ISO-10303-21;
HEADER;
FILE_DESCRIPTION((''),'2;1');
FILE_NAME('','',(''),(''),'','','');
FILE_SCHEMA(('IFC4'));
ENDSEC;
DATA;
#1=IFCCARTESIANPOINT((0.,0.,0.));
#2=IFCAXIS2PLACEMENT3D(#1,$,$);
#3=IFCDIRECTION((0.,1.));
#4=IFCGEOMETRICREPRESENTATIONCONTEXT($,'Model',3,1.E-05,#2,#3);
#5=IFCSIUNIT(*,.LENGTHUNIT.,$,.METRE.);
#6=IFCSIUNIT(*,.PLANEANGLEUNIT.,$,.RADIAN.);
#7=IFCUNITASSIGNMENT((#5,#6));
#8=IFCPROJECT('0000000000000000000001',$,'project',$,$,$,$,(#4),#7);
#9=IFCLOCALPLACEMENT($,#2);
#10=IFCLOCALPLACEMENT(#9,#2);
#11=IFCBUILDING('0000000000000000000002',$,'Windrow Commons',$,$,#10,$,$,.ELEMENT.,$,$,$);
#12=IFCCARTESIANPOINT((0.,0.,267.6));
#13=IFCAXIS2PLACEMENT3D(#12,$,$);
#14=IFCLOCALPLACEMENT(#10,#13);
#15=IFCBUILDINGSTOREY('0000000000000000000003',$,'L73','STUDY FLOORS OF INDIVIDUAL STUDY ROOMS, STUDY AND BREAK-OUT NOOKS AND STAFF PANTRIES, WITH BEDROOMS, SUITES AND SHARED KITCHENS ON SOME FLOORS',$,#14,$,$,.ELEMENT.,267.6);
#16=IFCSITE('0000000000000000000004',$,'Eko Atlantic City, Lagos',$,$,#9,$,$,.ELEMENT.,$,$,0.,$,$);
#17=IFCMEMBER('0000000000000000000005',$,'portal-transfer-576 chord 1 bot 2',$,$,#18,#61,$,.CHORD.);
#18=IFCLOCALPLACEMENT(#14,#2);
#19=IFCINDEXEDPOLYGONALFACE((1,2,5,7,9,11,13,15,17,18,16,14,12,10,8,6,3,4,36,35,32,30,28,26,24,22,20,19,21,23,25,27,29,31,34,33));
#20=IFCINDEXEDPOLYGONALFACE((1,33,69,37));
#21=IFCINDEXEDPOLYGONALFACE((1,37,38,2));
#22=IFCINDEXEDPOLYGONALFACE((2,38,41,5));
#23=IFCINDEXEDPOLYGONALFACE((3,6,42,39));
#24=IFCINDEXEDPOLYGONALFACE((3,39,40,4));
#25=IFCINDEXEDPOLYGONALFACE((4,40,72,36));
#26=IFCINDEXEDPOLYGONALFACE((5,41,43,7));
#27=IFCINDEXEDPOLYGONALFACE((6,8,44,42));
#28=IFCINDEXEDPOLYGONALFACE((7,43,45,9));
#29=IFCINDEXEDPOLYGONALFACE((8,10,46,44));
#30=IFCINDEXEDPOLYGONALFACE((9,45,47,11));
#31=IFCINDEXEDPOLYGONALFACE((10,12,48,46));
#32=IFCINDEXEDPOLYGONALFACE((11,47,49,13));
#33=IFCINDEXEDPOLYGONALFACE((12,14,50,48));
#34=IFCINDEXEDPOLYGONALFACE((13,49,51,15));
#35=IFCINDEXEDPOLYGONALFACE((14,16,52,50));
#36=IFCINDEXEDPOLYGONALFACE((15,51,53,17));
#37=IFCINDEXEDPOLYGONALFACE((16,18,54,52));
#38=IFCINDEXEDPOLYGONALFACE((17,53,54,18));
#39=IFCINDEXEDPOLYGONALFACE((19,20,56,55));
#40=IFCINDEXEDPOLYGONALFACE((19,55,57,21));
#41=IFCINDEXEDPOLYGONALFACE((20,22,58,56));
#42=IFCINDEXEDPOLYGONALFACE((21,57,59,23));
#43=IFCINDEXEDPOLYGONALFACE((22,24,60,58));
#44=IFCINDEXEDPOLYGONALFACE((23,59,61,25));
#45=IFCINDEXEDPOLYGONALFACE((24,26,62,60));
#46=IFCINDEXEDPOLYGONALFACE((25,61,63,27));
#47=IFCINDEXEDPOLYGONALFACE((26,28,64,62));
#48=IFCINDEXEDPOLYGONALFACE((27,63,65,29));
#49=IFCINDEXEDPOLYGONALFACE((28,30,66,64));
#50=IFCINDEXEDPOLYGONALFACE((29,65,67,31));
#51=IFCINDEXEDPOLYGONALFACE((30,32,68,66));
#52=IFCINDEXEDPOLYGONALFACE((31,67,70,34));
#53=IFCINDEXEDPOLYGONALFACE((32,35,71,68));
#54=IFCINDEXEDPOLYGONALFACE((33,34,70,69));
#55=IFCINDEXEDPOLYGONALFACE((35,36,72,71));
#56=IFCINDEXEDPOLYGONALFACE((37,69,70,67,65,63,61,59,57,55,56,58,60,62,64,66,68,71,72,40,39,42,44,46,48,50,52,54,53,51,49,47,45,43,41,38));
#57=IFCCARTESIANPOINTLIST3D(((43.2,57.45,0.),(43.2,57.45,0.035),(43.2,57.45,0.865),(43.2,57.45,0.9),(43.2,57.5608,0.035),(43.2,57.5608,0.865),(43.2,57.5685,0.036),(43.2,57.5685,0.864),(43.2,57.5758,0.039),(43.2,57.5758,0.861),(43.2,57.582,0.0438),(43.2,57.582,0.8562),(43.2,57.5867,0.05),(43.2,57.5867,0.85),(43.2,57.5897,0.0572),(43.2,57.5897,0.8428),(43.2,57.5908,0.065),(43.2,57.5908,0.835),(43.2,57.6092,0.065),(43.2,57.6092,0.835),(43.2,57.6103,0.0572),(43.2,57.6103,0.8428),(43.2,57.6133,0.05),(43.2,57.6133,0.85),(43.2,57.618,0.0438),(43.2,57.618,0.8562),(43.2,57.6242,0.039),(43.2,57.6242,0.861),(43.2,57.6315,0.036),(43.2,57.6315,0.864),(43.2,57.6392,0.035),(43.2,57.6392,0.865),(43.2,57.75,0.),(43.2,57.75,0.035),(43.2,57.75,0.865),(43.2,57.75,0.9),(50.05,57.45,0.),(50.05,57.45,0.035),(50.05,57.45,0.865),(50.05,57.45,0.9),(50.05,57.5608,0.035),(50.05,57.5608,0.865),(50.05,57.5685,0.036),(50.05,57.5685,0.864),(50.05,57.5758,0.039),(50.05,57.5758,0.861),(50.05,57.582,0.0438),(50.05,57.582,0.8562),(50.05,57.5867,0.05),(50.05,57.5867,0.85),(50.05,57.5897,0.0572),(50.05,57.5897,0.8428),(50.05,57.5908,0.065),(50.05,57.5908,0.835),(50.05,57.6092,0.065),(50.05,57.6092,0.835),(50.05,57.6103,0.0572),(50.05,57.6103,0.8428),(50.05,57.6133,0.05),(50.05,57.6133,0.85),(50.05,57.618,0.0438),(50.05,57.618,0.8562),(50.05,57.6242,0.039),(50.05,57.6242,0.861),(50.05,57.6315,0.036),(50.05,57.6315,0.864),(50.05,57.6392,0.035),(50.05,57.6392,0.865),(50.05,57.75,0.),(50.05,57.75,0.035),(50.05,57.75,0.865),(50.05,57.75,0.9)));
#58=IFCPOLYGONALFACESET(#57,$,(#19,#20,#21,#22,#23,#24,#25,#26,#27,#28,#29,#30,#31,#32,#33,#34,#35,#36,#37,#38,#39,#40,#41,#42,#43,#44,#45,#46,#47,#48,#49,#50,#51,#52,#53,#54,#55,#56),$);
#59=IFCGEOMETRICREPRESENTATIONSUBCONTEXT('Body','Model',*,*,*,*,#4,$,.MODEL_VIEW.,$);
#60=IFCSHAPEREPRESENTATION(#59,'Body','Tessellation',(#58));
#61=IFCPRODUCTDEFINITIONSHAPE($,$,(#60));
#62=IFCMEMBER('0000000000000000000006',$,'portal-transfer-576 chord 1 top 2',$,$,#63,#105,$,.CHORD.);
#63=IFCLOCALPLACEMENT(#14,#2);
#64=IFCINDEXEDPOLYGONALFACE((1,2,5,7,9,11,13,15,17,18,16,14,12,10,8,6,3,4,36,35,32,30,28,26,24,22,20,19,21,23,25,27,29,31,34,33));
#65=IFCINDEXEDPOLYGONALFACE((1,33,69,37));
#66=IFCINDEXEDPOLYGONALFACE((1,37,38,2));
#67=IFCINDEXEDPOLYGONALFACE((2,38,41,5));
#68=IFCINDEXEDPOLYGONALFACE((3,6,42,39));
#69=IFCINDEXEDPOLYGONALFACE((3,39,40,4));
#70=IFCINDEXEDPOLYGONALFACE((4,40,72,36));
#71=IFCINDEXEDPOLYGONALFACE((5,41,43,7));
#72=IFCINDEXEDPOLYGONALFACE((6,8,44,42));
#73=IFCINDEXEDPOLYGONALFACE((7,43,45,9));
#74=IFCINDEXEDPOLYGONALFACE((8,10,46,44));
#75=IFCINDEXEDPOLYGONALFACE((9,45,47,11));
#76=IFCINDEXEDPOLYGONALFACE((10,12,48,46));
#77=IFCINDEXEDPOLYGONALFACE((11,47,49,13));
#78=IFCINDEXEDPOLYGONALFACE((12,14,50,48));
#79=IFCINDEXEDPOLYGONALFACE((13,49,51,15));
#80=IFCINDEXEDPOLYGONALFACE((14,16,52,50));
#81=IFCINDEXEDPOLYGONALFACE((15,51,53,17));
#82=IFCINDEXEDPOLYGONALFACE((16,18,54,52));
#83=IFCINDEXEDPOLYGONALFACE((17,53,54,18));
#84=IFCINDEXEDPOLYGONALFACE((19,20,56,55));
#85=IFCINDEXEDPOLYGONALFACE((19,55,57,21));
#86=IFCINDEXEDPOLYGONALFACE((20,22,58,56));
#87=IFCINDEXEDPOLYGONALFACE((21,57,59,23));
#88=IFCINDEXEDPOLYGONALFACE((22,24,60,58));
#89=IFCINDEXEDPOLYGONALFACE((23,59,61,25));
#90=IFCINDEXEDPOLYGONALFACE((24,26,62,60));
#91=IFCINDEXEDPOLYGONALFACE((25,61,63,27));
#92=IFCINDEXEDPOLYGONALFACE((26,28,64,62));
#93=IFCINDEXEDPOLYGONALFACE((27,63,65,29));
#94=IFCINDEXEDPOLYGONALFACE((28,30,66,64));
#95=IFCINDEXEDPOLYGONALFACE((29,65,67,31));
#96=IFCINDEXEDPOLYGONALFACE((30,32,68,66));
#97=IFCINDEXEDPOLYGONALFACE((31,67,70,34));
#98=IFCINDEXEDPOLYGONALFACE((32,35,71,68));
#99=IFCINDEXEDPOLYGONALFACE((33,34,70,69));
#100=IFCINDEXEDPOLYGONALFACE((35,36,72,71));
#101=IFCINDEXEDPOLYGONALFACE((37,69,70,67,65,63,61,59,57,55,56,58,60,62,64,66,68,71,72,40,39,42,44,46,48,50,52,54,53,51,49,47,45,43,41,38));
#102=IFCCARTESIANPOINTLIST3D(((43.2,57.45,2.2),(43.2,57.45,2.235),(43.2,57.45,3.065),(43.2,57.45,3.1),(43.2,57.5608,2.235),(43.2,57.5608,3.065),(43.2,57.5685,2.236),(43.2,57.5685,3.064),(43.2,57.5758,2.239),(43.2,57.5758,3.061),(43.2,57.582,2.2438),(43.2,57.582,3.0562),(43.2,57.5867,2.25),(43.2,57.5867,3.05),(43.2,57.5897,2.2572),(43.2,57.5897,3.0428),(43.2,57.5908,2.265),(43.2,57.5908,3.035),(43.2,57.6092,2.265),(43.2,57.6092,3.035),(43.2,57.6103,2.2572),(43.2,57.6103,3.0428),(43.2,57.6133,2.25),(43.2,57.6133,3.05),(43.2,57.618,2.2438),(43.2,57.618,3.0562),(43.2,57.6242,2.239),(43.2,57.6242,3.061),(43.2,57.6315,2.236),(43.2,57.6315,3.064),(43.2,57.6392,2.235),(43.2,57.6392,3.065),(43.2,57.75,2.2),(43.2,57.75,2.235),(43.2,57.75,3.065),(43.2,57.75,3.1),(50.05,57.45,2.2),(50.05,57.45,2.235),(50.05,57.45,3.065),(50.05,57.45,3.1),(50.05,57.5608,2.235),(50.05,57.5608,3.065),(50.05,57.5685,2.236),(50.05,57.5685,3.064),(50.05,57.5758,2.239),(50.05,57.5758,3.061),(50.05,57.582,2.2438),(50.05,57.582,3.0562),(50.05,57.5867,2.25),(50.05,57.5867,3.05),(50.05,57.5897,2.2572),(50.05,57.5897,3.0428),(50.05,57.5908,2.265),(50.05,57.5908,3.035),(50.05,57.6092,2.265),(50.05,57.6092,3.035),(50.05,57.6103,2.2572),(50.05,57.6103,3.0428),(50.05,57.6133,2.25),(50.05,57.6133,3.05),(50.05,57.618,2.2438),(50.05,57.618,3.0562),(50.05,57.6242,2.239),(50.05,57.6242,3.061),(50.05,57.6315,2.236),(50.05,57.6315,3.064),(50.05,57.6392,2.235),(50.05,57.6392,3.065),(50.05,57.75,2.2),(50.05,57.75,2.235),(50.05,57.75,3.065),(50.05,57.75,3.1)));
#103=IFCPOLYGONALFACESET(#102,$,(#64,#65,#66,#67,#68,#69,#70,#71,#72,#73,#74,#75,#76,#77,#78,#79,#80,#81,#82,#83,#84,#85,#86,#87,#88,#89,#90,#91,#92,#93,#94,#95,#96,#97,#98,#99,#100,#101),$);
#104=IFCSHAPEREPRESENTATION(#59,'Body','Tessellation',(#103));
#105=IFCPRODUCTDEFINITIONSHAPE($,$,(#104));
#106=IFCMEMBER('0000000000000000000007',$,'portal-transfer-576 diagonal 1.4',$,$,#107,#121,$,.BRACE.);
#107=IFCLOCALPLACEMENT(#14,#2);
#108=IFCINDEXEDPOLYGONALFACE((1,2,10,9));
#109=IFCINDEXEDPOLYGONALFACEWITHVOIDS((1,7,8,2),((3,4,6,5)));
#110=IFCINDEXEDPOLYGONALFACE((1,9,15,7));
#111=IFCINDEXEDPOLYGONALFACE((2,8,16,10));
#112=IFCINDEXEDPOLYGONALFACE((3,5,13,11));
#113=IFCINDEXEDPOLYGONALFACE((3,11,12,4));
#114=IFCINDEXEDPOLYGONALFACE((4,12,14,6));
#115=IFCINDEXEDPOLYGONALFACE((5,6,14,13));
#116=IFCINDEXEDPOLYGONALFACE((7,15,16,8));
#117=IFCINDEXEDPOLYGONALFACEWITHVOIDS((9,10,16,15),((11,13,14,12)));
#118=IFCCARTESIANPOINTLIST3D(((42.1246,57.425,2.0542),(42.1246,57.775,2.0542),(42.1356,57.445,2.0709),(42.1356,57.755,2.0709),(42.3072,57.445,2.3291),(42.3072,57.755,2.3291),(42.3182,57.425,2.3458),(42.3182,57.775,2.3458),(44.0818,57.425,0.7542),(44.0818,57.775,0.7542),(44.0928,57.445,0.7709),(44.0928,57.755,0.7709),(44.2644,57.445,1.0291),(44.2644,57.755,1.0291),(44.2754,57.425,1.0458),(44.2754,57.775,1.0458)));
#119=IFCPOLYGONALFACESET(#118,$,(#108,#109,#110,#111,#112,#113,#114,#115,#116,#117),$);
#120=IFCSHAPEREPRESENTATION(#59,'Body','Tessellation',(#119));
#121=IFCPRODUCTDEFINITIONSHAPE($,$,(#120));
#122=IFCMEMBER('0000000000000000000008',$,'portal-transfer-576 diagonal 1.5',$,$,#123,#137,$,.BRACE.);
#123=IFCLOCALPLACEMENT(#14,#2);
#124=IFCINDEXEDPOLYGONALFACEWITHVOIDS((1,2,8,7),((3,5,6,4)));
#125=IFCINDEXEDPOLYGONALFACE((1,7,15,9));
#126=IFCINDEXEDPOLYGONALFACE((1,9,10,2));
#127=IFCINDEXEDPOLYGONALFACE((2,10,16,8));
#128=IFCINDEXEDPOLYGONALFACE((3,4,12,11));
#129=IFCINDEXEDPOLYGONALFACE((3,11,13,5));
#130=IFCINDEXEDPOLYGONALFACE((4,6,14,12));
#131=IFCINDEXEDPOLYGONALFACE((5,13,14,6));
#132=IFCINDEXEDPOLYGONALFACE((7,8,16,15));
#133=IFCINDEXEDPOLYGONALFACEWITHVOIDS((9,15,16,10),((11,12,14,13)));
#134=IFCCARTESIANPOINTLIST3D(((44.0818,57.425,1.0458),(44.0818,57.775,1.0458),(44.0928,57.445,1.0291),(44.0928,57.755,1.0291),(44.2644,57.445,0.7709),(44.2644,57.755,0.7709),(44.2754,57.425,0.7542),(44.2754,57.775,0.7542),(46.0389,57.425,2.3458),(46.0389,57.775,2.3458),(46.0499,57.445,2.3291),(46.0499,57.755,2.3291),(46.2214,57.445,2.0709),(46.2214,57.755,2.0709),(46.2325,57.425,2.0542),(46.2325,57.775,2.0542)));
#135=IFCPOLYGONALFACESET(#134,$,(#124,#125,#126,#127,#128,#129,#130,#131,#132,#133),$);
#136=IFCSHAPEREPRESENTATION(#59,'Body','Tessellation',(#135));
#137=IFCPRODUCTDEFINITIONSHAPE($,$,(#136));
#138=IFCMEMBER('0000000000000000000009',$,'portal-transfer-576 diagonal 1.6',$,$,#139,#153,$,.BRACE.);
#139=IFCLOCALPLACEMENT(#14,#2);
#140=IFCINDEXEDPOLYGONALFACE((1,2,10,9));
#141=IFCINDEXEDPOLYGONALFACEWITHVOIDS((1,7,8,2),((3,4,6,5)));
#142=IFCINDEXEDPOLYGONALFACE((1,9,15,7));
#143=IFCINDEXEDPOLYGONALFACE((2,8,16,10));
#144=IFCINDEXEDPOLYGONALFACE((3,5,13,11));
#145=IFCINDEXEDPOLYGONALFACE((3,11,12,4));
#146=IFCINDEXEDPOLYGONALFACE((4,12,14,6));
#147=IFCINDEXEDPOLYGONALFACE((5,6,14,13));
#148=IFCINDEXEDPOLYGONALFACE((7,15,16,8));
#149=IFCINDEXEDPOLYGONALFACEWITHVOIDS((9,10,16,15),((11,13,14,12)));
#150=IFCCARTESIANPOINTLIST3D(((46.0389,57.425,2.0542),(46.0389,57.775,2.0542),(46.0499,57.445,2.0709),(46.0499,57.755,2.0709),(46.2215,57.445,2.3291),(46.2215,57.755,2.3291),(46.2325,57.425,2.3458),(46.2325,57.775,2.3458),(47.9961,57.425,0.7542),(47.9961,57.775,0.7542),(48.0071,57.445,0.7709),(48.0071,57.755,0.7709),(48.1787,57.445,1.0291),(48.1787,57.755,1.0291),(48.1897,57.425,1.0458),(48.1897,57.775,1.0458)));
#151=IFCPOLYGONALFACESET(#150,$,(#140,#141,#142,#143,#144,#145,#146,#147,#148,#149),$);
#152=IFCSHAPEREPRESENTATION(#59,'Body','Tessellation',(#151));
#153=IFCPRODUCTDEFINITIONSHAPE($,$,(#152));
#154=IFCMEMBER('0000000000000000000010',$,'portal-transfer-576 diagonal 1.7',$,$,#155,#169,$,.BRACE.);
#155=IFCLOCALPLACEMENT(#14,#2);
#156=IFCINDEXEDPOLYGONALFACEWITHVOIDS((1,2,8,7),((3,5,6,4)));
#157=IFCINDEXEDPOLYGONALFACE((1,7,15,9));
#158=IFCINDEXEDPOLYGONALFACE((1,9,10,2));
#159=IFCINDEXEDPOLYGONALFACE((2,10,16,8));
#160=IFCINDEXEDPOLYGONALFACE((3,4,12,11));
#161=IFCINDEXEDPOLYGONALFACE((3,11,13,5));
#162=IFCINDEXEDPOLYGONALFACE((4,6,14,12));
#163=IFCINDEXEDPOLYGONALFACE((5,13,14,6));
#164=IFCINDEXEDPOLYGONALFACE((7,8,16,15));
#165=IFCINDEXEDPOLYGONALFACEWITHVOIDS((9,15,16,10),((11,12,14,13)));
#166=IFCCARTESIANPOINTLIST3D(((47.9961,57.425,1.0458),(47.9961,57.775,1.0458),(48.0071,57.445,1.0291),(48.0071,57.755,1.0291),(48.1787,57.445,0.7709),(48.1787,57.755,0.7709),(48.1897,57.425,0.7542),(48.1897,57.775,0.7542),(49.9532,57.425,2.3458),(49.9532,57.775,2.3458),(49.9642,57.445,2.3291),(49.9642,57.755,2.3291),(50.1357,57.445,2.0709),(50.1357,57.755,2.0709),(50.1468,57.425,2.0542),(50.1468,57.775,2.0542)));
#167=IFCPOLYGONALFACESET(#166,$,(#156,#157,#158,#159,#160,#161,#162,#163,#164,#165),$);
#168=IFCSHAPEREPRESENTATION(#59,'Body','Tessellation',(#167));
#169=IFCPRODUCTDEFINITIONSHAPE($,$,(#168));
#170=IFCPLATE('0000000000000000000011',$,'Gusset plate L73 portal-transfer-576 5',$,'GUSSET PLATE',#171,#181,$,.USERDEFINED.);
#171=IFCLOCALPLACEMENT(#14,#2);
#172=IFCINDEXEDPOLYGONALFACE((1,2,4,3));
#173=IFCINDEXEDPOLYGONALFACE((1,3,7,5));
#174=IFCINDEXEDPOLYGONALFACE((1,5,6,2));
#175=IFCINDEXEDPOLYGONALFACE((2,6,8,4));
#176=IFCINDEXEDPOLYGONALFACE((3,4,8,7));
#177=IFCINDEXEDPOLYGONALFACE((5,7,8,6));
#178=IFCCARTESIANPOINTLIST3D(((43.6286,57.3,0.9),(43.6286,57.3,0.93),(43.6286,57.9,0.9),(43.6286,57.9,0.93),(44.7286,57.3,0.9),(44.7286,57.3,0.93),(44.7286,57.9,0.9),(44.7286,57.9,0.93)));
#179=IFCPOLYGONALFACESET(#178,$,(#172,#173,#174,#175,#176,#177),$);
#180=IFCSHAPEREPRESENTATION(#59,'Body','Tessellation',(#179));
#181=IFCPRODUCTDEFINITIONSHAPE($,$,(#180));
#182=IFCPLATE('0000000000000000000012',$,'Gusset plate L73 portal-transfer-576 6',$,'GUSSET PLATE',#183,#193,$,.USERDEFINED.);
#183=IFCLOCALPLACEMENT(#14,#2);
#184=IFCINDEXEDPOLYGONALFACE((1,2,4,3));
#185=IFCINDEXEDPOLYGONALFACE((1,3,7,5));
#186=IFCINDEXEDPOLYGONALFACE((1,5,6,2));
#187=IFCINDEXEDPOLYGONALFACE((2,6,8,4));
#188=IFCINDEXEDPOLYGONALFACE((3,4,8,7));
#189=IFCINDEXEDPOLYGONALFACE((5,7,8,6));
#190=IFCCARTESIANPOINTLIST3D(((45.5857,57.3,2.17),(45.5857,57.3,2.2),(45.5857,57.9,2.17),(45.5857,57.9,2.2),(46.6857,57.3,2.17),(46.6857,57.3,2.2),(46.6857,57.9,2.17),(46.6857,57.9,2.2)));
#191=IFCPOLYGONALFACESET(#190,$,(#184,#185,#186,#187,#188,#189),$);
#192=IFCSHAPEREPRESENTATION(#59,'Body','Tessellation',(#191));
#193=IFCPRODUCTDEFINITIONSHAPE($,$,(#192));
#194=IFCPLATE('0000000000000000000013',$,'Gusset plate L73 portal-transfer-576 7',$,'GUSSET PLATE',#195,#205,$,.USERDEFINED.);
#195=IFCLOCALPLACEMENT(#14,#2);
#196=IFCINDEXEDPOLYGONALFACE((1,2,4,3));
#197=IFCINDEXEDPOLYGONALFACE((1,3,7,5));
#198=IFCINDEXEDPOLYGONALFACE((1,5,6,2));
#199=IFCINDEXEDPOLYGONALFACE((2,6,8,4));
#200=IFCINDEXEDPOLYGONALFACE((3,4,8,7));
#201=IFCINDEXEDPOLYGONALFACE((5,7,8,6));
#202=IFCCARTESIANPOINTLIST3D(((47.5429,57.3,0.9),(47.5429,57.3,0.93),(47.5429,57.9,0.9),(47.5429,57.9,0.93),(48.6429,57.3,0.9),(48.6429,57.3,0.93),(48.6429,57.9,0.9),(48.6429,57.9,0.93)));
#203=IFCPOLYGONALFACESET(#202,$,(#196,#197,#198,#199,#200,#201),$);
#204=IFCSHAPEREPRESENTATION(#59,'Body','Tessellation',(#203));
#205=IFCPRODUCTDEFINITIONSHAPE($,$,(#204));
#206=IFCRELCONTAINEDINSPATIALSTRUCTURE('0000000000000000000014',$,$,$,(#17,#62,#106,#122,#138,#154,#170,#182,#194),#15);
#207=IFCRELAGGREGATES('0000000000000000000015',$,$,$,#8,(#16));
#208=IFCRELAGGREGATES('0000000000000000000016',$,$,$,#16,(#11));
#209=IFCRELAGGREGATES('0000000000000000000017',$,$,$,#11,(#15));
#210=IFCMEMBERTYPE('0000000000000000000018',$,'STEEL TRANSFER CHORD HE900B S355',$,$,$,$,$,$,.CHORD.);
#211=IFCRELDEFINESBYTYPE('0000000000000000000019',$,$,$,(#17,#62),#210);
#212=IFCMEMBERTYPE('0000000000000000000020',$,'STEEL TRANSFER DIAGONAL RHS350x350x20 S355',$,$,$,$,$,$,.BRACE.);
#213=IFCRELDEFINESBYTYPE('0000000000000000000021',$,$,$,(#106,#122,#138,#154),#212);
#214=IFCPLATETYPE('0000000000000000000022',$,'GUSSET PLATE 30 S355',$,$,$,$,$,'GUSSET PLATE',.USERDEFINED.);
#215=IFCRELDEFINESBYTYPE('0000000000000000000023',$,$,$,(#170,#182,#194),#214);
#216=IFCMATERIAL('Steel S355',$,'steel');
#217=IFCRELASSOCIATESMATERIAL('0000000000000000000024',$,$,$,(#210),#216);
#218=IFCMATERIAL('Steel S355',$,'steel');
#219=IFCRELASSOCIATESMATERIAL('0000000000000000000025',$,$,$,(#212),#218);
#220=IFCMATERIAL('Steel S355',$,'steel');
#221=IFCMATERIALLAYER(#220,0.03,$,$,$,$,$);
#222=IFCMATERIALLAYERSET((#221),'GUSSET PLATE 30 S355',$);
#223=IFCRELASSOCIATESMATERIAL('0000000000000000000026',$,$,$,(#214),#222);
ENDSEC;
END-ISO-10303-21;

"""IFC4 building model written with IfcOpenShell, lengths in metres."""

from ifc_helpers import new_model, si_unit, direction, frame, origin, origin_2d, place, context, subcontext, project, spatial, rectangle, hollow_rectangle, i_section, extrude, material, layer, layer_set, material_profile, profile_set, type_object, element, save


model = new_model("IFC4")

# Units and contexts
model_context = context("Model", 3, precision=1e-05, world=origin(), true_north=direction((0.0, 1.0)))
body_context = subcontext(model_context, "Body", "Model", "MODEL_VIEW")
ifc_project = project(units=[si_unit("LENGTHUNIT", "METRE"), si_unit("PLANEANGLEUNIT", "RADIAN")], contexts=[model_context])

# Site, building, storey
site_placement = place(None, origin())
site = spatial("IfcSite", under=ifc_project, at=site_placement, Name="Eko Atlantic City, Lagos", CompositionType="ELEMENT", RefElevation=0.0)
building_placement = place(site_placement, origin())
building = spatial("IfcBuilding", under=site, at=building_placement, Name="Windrow Commons", CompositionType="ELEMENT")
storey_placement = place(building_placement, frame((0.0, 0.0, 267.6)))
storey = spatial("IfcBuildingStorey", under=building, at=storey_placement, Name="L73", Description="STUDY FLOORS OF INDIVIDUAL STUDY ROOMS, STUDY AND BREAK-OUT NOOKS AND STAFF PANTRIES, WITH BEDROOMS, SUITES AND SHARED KITCHENS ON SOME FLOORS", CompositionType="ELEMENT", Elevation=267.6)

# Members
ifc_material_1 = material(Name="Steel S355", Category="steel")
ifc_material_profile_1 = material_profile(ifc_material_1, i_section(OverallWidth=0.3, OverallDepth=0.9, WebThickness=0.0185, FlangeThickness=0.035, FilletRadius=0.03, at=origin_2d()))
ifc_profile_set_1 = profile_set([ifc_material_profile_1], Name="Steel S355")
member_type_1 = type_object("IfcMemberType", Name="STEEL TRANSFER CHORD HE900B S355", PredefinedType="CHORD", material=ifc_profile_set_1)
for number, where, z_axis, x_axis, name in (
    (1, (43.2, 57.6, 0.45), (1.0, 0.0, 0.0), (0.0, 1.0, 0.0), "portal-transfer-576 chord 1 bot 2"),
    (2, (43.2, 57.6, 2.65), (1.0, 0.0, 0.0), (0.0, 1.0, 0.0), "portal-transfer-576 chord 1 top 2"),
):
    element("IfcMember", number, at=place(storey_placement, frame(where, z_axis=z_axis, x_axis=x_axis)), inside=storey, type_object=member_type_1, Name=name, PredefinedType="CHORD", context=body_context, shape_type="SweptSolid", body=[
        extrude(i_section(OverallWidth=0.3, OverallDepth=0.9, WebThickness=0.0185, FlangeThickness=0.035, FilletRadius=0.03, at=origin_2d()), origin(), (0.0, 0.0, 1.0), 6.85),
    ])
ifc_material_2 = material(Name="Steel S355", Category="steel")
ifc_material_profile_2 = material_profile(ifc_material_2, hollow_rectangle(XDim=0.35, YDim=0.35, WallThickness=0.02, at=origin_2d()))
ifc_profile_set_2 = profile_set([ifc_material_profile_2], Name="Steel S355")
member_type_2 = type_object("IfcMemberType", Name="STEEL TRANSFER DIAGONAL RHS350x350x20 S355", PredefinedType="BRACE", material=ifc_profile_set_2)
member_1_placement = place(storey_placement, frame((42.2214, 57.6, 2.2), z_axis=(0.832992, 0.0, -0.553285), x_axis=(0.0, 1.0, 0.0)))
element("IfcMember", 3, at=member_1_placement, inside=storey, type_object=member_type_2, Name="portal-transfer-576 diagonal 1.4", PredefinedType="BRACE", context=body_context, shape_type="SweptSolid", body=[
    extrude(hollow_rectangle(XDim=0.35, YDim=0.35, WallThickness=0.02, at=origin_2d()), origin(), (0.0, 0.0, 1.0), 2.3496),
])
member_2_placement = place(storey_placement, frame((44.1786, 57.6, 0.9), z_axis=(0.832979, 0.0, 0.553305), x_axis=(0.0, 1.0, 0.0)))
element("IfcMember", 4, at=member_2_placement, inside=storey, type_object=member_type_2, Name="portal-transfer-576 diagonal 1.5", PredefinedType="BRACE", context=body_context, shape_type="SweptSolid", body=[
    extrude(hollow_rectangle(XDim=0.35, YDim=0.35, WallThickness=0.02, at=origin_2d()), origin(), (0.0, 0.0, 1.0), 2.3495),
])
member_3_placement = place(storey_placement, frame((46.1357, 57.6, 2.2), z_axis=(0.832992, 0.0, -0.553285), x_axis=(0.0, 1.0, 0.0)))
element("IfcMember", 5, at=member_3_placement, inside=storey, type_object=member_type_2, Name="portal-transfer-576 diagonal 1.6", PredefinedType="BRACE", context=body_context, shape_type="SweptSolid", body=[
    extrude(hollow_rectangle(XDim=0.35, YDim=0.35, WallThickness=0.02, at=origin_2d()), origin(), (0.0, 0.0, 1.0), 2.3496),
])
member_4_placement = place(storey_placement, frame((48.0929, 57.6, 0.9), z_axis=(0.832979, 0.0, 0.553305), x_axis=(0.0, 1.0, 0.0)))
element("IfcMember", 6, at=member_4_placement, inside=storey, type_object=member_type_2, Name="portal-transfer-576 diagonal 1.7", PredefinedType="BRACE", context=body_context, shape_type="SweptSolid", body=[
    extrude(hollow_rectangle(XDim=0.35, YDim=0.35, WallThickness=0.02, at=origin_2d()), origin(), (0.0, 0.0, 1.0), 2.3495),
])

# Plates
ifc_material_3 = material(Name="Steel S355", Category="steel")
ifc_layer_1 = layer(ifc_material_3, 0.03)
ifc_layer_set_1 = layer_set([ifc_layer_1], Name="GUSSET PLATE 30 S355")
plate_type = type_object("IfcPlateType", Name="GUSSET PLATE 30 S355", ElementType="GUSSET PLATE", PredefinedType="USERDEFINED", material=ifc_layer_set_1)
for number, where, z_axis, x_axis, name in (
    (7, (44.1786, 57.6, 0.9), (0.0, 0.0, 1.0), (1.0, 0.0, 0.0), "Gusset plate L73 portal-transfer-576 5"),
    (8, (46.1357, 57.6, 2.17), (0.0, 0.0, 1.0), (1.0, 0.0, 0.0), "Gusset plate L73 portal-transfer-576 6"),
    (9, (48.0929, 57.6, 0.9), (0.0, 0.0, 1.0), (1.0, 0.0, 0.0), "Gusset plate L73 portal-transfer-576 7"),
):
    element("IfcPlate", number, at=place(storey_placement, frame(where, z_axis=z_axis, x_axis=x_axis)), inside=storey, type_object=plate_type, Name=name, ObjectType="GUSSET PLATE", PredefinedType="USERDEFINED", context=body_context, shape_type="SweptSolid", body=[
        extrude(rectangle(XDim=1.1, YDim=0.6, at=origin_2d()), origin(), (0.0, 0.0, 1.0), 0.03),
    ])

save(model, "model.ifc")
